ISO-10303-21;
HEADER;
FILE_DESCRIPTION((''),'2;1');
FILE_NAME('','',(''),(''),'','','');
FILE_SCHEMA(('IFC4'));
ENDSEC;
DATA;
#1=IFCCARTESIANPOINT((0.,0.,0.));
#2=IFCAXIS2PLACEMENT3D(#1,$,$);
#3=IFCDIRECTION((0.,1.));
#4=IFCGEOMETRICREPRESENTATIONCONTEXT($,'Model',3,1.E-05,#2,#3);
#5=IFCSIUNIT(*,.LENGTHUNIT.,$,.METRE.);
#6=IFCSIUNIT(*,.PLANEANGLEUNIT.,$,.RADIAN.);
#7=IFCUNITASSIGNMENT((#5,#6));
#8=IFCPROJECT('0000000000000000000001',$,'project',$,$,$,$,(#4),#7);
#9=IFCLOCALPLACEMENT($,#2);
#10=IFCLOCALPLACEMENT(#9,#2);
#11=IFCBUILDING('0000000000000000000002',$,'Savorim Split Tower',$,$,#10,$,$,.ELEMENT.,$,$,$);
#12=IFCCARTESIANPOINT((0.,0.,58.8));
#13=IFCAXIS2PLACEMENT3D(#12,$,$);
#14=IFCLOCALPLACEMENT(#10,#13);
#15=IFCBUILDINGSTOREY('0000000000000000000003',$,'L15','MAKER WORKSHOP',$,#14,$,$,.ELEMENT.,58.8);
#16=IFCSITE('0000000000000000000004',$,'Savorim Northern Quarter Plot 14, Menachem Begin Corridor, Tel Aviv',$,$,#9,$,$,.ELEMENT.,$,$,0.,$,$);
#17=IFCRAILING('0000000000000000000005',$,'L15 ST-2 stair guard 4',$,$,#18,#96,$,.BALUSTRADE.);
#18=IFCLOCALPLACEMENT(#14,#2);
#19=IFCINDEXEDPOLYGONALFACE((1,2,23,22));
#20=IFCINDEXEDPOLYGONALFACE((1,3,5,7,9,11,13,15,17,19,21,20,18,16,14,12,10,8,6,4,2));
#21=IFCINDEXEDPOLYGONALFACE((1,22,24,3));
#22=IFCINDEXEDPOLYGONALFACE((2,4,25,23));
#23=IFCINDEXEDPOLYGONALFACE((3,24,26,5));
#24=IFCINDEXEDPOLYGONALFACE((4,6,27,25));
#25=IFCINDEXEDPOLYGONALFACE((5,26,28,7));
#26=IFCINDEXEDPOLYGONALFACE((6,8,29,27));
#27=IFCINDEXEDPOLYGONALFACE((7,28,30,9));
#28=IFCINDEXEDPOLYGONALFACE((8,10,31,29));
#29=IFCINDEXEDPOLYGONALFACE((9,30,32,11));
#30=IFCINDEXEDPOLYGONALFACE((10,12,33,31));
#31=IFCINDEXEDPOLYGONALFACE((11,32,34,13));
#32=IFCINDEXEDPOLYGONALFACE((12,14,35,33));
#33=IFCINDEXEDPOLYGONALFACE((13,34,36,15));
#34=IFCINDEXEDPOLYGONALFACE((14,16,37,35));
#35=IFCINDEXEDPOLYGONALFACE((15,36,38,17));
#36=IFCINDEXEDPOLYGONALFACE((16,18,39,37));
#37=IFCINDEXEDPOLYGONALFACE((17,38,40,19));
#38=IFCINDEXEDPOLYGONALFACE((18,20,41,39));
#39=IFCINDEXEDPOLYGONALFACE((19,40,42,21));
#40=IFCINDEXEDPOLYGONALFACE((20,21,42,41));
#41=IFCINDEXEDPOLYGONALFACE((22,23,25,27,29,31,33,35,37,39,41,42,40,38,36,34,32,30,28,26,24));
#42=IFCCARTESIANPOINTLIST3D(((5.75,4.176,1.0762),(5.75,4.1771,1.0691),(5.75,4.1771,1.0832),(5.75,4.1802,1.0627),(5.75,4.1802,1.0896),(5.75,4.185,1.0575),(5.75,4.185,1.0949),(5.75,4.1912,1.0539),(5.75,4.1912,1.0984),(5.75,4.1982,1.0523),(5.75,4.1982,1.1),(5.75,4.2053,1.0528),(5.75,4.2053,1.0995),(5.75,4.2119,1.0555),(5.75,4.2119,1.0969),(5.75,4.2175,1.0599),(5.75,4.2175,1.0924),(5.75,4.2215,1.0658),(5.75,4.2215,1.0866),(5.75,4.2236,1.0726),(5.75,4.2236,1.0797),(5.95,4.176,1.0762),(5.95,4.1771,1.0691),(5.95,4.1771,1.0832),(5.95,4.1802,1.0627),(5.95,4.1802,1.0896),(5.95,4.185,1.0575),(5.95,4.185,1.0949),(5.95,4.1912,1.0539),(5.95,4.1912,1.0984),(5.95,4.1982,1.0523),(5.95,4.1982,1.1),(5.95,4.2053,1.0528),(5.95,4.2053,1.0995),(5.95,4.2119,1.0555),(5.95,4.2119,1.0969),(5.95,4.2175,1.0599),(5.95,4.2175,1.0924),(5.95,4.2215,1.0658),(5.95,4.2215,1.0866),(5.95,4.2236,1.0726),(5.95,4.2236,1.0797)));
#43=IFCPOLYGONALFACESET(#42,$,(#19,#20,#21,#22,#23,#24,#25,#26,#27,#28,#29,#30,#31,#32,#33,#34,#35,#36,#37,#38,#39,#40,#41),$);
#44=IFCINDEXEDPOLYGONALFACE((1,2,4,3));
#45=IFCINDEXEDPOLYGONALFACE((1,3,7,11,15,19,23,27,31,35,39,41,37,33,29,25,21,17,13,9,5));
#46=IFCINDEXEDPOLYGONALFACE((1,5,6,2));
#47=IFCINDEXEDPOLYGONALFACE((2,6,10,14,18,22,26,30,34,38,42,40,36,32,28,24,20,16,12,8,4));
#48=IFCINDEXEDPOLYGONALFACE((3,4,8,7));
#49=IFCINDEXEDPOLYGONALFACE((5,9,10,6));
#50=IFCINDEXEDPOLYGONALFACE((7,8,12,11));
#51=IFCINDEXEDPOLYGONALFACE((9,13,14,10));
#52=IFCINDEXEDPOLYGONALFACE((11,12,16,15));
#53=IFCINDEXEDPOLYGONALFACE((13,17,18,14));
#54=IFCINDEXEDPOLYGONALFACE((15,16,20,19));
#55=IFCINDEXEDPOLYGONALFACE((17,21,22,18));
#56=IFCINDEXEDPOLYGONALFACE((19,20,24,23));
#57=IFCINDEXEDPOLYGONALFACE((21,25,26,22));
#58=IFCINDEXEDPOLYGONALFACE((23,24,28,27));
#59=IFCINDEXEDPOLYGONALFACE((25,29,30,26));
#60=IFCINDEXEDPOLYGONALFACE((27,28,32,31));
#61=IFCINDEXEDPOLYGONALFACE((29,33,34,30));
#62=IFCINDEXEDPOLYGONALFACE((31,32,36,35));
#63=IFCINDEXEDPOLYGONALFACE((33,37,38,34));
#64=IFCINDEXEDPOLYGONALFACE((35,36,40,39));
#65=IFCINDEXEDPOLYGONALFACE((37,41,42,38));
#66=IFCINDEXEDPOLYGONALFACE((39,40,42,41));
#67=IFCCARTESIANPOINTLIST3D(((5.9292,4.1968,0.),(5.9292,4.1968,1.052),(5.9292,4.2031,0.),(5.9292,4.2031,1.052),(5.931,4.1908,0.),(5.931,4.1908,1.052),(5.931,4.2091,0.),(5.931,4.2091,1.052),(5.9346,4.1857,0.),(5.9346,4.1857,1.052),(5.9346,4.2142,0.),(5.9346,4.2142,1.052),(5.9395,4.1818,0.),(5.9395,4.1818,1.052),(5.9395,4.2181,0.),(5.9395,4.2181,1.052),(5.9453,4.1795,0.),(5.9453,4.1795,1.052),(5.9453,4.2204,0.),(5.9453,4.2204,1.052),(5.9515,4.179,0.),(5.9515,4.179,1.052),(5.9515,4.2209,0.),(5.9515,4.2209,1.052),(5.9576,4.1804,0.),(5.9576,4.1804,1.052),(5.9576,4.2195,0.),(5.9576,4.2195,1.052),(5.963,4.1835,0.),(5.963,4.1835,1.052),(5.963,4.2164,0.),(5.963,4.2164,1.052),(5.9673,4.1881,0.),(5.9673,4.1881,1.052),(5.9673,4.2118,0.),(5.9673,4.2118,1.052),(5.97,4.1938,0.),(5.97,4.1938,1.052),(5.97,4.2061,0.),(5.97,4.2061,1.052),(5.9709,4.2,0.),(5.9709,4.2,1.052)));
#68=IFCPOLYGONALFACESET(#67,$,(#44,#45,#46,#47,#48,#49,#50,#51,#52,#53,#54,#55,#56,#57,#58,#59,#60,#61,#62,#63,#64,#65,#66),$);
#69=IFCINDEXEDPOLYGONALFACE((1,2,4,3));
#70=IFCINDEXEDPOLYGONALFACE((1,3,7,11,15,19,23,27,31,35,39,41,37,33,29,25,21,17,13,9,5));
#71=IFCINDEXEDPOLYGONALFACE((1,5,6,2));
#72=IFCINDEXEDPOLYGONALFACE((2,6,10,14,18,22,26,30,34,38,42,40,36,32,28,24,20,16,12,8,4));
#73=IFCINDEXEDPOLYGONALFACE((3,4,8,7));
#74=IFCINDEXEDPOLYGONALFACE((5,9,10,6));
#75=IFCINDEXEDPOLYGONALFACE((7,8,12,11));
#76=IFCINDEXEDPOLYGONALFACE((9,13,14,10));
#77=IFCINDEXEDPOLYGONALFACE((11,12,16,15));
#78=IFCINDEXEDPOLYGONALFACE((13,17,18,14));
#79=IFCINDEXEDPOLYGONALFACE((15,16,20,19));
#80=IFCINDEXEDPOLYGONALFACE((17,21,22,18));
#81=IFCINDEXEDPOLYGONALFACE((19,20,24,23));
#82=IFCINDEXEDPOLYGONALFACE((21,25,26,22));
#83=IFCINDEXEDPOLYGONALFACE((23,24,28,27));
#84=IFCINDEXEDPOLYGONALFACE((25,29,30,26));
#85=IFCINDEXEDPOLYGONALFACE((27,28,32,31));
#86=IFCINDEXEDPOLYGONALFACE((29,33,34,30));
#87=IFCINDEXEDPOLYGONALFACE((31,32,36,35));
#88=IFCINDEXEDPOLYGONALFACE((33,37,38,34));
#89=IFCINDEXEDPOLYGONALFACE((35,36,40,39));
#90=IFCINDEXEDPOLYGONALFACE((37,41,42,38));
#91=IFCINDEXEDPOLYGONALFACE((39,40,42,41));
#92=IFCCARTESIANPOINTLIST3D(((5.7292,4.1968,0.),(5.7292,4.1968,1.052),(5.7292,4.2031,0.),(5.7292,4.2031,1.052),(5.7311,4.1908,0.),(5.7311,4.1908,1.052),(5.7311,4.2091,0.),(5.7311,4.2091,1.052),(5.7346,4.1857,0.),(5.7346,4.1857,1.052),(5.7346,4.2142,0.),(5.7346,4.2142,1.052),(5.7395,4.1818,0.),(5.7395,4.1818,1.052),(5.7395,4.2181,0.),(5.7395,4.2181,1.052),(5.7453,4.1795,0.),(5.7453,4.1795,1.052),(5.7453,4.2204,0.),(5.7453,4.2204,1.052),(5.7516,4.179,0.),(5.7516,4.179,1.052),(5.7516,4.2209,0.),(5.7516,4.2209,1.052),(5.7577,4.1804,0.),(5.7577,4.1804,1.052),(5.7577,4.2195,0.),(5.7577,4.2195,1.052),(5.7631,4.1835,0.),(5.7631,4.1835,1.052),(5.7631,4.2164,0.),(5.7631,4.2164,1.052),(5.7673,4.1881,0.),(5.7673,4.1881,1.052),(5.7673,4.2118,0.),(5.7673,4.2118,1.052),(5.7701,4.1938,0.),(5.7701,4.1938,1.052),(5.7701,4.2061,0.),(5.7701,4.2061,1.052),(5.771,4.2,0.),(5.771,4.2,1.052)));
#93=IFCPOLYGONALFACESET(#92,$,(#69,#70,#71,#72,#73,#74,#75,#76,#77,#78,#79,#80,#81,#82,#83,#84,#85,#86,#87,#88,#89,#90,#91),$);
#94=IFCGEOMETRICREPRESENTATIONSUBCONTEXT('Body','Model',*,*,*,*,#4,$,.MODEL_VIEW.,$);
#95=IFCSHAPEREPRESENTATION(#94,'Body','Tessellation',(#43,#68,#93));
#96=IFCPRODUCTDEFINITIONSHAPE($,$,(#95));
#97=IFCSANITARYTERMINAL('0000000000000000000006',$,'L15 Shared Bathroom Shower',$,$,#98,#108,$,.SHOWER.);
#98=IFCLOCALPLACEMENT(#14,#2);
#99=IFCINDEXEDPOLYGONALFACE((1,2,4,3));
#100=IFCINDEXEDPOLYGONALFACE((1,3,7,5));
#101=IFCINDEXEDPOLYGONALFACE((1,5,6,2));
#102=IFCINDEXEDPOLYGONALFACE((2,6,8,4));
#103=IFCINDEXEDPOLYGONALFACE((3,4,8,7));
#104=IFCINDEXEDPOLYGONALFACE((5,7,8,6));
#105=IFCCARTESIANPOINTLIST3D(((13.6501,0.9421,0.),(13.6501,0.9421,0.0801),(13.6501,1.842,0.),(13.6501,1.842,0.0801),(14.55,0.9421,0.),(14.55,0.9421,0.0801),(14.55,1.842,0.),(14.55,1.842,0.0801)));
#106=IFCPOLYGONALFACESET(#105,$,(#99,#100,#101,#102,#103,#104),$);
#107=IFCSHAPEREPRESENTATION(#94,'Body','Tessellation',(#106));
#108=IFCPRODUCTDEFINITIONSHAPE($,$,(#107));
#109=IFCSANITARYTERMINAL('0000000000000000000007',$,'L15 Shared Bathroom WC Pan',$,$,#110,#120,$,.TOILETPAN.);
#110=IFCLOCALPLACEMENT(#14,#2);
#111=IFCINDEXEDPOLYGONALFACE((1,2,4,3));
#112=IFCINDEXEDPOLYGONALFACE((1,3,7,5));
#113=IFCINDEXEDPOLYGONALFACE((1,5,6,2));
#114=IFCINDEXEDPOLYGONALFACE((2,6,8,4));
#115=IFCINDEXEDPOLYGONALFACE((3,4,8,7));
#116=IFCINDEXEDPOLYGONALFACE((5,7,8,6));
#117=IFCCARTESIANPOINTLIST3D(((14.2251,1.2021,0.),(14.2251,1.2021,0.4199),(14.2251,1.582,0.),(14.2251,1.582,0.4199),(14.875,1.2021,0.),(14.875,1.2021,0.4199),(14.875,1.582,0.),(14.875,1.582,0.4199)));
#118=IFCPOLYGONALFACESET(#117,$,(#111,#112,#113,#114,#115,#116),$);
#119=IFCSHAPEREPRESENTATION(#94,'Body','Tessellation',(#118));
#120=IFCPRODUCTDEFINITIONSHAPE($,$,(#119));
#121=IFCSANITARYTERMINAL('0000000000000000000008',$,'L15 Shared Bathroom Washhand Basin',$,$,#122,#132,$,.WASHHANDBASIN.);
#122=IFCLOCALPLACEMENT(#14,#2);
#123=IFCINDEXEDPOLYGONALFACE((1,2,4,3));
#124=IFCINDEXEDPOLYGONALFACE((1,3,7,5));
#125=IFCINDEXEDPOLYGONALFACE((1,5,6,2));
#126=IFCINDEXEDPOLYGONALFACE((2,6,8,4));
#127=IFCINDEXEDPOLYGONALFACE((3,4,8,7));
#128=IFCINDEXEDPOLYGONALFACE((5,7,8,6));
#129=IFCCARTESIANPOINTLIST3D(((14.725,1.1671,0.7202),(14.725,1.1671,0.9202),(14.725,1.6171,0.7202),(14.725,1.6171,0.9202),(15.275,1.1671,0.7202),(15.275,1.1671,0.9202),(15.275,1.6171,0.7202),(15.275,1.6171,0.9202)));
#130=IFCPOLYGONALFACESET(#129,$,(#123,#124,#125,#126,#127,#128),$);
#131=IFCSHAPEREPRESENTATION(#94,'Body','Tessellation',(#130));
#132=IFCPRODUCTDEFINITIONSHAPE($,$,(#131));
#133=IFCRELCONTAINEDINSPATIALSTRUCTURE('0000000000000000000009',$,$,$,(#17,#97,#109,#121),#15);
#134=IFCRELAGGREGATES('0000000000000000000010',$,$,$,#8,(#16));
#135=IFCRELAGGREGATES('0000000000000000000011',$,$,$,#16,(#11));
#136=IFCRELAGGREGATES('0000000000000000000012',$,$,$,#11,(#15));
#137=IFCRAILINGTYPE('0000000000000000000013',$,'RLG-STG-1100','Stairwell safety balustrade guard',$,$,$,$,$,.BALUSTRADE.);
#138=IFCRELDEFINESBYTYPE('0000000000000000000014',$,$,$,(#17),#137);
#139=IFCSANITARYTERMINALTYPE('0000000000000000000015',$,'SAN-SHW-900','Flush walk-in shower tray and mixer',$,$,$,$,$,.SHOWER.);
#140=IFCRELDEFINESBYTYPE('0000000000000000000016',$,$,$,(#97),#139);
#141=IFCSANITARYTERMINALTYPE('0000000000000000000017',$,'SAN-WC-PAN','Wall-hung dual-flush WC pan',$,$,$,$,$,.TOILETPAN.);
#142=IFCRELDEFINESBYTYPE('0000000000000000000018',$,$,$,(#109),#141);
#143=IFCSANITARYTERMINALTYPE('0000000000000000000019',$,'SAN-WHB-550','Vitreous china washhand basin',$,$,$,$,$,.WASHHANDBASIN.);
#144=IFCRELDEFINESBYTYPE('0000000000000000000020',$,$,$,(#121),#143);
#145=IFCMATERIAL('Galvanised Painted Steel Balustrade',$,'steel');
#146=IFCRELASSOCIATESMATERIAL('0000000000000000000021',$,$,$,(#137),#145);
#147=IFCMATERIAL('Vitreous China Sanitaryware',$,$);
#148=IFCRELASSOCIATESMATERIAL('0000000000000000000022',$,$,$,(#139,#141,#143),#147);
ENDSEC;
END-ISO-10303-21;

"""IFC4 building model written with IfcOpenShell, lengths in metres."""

from ifc_helpers import new_model, si_unit, direction, frame, origin, origin_2d, place, context, subcontext, project, spatial, rectangle, circle, extrude, material, type_object, element, save


model = new_model("IFC4")

# Units and contexts
model_context = context("Model", 3, precision=1e-05, world=origin(), true_north=direction((0.0, 1.0)))
body_context = subcontext(model_context, "Body", "Model", "MODEL_VIEW")
ifc_project = project(units=[si_unit("LENGTHUNIT", "METRE"), si_unit("PLANEANGLEUNIT", "RADIAN")], contexts=[model_context])

# Site, building, storey
site_placement = place(None, origin())
site = spatial("IfcSite", under=ifc_project, at=site_placement, Name="Savorim Northern Quarter Plot 14, Menachem Begin Corridor, Tel Aviv", CompositionType="ELEMENT", RefElevation=0.0)
building_placement = place(site_placement, origin())
building = spatial("IfcBuilding", under=site, at=building_placement, Name="Savorim Split Tower", CompositionType="ELEMENT")
storey_placement = place(building_placement, frame((0.0, 0.0, 58.8)))
storey = spatial("IfcBuildingStorey", under=building, at=storey_placement, Name="L15", Description="MAKER WORKSHOP", CompositionType="ELEMENT", Elevation=58.8)

# Railing
ifc_material_1 = material(Name="Galvanised Painted Steel Balustrade", Category="steel")
railing_type_1 = type_object("IfcRailingType", Name="RLG-STG-1100", Description="Stairwell safety balustrade guard", PredefinedType="BALUSTRADE", material=ifc_material_1)
railing_1_placement = place(storey_placement, frame((5.95, 4.2, 0.0)))
element("IfcRailing", 1, at=railing_1_placement, inside=storey, type_object=railing_type_1, Name="L15 ST-2 stair guard 4", PredefinedType="BALUSTRADE", context=body_context, shape_type="SweptSolid", body=[
    extrude(circle(Radius=0.0239, at=origin_2d()), frame((0.0, 0.0, 1.0762), z_axis=(-1.0, 0.0, 0.0), x_axis=(0.0, -1.0, 0.0)), (0.0, 0.0, 1.0), 0.2),
    extrude(circle(Radius=0.021, at=origin_2d()), origin(), (0.0, 0.0, 1.0), 1.052),
    extrude(circle(Radius=0.021, at=origin_2d()), frame((-0.2, 0.0, 0.0)), (0.0, 0.0, 1.0), 1.052),
])

# Sanitary terminals
ifc_material_2 = material(Name="Vitreous China Sanitaryware")
sanitary_terminal_type_1 = type_object("IfcSanitaryTerminalType", Name="SAN-SHW-900", Description="Flush walk-in shower tray and mixer", PredefinedType="SHOWER", material=ifc_material_2)
sanitary_terminal_1_placement = place(storey_placement, frame((14.1001, 1.3921, 0.0), z_axis=(0.0, 0.0, 1.0), x_axis=(1.0, 0.0, 0.0)))
element("IfcSanitaryTerminal", 2, at=sanitary_terminal_1_placement, inside=storey, type_object=sanitary_terminal_type_1, Name="L15 Shared Bathroom Shower", PredefinedType="SHOWER", context=body_context, shape_type="SweptSolid", body=[
    extrude(rectangle(XDim=0.8999, YDim=0.8999, at=origin_2d()), origin(), (0.0, 0.0, 1.0), 0.0801),
])
sanitary_terminal_type_2 = type_object("IfcSanitaryTerminalType", Name="SAN-WC-PAN", Description="Wall-hung dual-flush WC pan", PredefinedType="TOILETPAN", material=ifc_material_2)
sanitary_terminal_2_placement = place(storey_placement, frame((14.55, 1.3921, 0.0), z_axis=(0.0, 0.0, 1.0), x_axis=(1.0, 0.0, 0.0)))
element("IfcSanitaryTerminal", 3, at=sanitary_terminal_2_placement, inside=storey, type_object=sanitary_terminal_type_2, Name="L15 Shared Bathroom WC Pan", PredefinedType="TOILETPAN", context=body_context, shape_type="SweptSolid", body=[
    extrude(rectangle(XDim=0.6499, YDim=0.3799, at=origin_2d()), origin(), (0.0, 0.0, 1.0), 0.4199),
])
sanitary_terminal_type_3 = type_object("IfcSanitaryTerminalType", Name="SAN-WHB-550", Description="Vitreous china washhand basin", PredefinedType="WASHHANDBASIN", material=ifc_material_2)
sanitary_terminal_3_placement = place(storey_placement, frame((15.0, 1.3921, 0.7202), z_axis=(0.0, 0.0, 1.0), x_axis=(1.0, 0.0, 0.0)))
element("IfcSanitaryTerminal", 4, at=sanitary_terminal_3_placement, inside=storey, type_object=sanitary_terminal_type_3, Name="L15 Shared Bathroom Washhand Basin", PredefinedType="WASHHANDBASIN", context=body_context, shape_type="SweptSolid", body=[
    extrude(rectangle(XDim=0.55, YDim=0.45, at=origin_2d()), origin(), (0.0, 0.0, 1.0), 0.2),
])

save(model, "model.ifc")
